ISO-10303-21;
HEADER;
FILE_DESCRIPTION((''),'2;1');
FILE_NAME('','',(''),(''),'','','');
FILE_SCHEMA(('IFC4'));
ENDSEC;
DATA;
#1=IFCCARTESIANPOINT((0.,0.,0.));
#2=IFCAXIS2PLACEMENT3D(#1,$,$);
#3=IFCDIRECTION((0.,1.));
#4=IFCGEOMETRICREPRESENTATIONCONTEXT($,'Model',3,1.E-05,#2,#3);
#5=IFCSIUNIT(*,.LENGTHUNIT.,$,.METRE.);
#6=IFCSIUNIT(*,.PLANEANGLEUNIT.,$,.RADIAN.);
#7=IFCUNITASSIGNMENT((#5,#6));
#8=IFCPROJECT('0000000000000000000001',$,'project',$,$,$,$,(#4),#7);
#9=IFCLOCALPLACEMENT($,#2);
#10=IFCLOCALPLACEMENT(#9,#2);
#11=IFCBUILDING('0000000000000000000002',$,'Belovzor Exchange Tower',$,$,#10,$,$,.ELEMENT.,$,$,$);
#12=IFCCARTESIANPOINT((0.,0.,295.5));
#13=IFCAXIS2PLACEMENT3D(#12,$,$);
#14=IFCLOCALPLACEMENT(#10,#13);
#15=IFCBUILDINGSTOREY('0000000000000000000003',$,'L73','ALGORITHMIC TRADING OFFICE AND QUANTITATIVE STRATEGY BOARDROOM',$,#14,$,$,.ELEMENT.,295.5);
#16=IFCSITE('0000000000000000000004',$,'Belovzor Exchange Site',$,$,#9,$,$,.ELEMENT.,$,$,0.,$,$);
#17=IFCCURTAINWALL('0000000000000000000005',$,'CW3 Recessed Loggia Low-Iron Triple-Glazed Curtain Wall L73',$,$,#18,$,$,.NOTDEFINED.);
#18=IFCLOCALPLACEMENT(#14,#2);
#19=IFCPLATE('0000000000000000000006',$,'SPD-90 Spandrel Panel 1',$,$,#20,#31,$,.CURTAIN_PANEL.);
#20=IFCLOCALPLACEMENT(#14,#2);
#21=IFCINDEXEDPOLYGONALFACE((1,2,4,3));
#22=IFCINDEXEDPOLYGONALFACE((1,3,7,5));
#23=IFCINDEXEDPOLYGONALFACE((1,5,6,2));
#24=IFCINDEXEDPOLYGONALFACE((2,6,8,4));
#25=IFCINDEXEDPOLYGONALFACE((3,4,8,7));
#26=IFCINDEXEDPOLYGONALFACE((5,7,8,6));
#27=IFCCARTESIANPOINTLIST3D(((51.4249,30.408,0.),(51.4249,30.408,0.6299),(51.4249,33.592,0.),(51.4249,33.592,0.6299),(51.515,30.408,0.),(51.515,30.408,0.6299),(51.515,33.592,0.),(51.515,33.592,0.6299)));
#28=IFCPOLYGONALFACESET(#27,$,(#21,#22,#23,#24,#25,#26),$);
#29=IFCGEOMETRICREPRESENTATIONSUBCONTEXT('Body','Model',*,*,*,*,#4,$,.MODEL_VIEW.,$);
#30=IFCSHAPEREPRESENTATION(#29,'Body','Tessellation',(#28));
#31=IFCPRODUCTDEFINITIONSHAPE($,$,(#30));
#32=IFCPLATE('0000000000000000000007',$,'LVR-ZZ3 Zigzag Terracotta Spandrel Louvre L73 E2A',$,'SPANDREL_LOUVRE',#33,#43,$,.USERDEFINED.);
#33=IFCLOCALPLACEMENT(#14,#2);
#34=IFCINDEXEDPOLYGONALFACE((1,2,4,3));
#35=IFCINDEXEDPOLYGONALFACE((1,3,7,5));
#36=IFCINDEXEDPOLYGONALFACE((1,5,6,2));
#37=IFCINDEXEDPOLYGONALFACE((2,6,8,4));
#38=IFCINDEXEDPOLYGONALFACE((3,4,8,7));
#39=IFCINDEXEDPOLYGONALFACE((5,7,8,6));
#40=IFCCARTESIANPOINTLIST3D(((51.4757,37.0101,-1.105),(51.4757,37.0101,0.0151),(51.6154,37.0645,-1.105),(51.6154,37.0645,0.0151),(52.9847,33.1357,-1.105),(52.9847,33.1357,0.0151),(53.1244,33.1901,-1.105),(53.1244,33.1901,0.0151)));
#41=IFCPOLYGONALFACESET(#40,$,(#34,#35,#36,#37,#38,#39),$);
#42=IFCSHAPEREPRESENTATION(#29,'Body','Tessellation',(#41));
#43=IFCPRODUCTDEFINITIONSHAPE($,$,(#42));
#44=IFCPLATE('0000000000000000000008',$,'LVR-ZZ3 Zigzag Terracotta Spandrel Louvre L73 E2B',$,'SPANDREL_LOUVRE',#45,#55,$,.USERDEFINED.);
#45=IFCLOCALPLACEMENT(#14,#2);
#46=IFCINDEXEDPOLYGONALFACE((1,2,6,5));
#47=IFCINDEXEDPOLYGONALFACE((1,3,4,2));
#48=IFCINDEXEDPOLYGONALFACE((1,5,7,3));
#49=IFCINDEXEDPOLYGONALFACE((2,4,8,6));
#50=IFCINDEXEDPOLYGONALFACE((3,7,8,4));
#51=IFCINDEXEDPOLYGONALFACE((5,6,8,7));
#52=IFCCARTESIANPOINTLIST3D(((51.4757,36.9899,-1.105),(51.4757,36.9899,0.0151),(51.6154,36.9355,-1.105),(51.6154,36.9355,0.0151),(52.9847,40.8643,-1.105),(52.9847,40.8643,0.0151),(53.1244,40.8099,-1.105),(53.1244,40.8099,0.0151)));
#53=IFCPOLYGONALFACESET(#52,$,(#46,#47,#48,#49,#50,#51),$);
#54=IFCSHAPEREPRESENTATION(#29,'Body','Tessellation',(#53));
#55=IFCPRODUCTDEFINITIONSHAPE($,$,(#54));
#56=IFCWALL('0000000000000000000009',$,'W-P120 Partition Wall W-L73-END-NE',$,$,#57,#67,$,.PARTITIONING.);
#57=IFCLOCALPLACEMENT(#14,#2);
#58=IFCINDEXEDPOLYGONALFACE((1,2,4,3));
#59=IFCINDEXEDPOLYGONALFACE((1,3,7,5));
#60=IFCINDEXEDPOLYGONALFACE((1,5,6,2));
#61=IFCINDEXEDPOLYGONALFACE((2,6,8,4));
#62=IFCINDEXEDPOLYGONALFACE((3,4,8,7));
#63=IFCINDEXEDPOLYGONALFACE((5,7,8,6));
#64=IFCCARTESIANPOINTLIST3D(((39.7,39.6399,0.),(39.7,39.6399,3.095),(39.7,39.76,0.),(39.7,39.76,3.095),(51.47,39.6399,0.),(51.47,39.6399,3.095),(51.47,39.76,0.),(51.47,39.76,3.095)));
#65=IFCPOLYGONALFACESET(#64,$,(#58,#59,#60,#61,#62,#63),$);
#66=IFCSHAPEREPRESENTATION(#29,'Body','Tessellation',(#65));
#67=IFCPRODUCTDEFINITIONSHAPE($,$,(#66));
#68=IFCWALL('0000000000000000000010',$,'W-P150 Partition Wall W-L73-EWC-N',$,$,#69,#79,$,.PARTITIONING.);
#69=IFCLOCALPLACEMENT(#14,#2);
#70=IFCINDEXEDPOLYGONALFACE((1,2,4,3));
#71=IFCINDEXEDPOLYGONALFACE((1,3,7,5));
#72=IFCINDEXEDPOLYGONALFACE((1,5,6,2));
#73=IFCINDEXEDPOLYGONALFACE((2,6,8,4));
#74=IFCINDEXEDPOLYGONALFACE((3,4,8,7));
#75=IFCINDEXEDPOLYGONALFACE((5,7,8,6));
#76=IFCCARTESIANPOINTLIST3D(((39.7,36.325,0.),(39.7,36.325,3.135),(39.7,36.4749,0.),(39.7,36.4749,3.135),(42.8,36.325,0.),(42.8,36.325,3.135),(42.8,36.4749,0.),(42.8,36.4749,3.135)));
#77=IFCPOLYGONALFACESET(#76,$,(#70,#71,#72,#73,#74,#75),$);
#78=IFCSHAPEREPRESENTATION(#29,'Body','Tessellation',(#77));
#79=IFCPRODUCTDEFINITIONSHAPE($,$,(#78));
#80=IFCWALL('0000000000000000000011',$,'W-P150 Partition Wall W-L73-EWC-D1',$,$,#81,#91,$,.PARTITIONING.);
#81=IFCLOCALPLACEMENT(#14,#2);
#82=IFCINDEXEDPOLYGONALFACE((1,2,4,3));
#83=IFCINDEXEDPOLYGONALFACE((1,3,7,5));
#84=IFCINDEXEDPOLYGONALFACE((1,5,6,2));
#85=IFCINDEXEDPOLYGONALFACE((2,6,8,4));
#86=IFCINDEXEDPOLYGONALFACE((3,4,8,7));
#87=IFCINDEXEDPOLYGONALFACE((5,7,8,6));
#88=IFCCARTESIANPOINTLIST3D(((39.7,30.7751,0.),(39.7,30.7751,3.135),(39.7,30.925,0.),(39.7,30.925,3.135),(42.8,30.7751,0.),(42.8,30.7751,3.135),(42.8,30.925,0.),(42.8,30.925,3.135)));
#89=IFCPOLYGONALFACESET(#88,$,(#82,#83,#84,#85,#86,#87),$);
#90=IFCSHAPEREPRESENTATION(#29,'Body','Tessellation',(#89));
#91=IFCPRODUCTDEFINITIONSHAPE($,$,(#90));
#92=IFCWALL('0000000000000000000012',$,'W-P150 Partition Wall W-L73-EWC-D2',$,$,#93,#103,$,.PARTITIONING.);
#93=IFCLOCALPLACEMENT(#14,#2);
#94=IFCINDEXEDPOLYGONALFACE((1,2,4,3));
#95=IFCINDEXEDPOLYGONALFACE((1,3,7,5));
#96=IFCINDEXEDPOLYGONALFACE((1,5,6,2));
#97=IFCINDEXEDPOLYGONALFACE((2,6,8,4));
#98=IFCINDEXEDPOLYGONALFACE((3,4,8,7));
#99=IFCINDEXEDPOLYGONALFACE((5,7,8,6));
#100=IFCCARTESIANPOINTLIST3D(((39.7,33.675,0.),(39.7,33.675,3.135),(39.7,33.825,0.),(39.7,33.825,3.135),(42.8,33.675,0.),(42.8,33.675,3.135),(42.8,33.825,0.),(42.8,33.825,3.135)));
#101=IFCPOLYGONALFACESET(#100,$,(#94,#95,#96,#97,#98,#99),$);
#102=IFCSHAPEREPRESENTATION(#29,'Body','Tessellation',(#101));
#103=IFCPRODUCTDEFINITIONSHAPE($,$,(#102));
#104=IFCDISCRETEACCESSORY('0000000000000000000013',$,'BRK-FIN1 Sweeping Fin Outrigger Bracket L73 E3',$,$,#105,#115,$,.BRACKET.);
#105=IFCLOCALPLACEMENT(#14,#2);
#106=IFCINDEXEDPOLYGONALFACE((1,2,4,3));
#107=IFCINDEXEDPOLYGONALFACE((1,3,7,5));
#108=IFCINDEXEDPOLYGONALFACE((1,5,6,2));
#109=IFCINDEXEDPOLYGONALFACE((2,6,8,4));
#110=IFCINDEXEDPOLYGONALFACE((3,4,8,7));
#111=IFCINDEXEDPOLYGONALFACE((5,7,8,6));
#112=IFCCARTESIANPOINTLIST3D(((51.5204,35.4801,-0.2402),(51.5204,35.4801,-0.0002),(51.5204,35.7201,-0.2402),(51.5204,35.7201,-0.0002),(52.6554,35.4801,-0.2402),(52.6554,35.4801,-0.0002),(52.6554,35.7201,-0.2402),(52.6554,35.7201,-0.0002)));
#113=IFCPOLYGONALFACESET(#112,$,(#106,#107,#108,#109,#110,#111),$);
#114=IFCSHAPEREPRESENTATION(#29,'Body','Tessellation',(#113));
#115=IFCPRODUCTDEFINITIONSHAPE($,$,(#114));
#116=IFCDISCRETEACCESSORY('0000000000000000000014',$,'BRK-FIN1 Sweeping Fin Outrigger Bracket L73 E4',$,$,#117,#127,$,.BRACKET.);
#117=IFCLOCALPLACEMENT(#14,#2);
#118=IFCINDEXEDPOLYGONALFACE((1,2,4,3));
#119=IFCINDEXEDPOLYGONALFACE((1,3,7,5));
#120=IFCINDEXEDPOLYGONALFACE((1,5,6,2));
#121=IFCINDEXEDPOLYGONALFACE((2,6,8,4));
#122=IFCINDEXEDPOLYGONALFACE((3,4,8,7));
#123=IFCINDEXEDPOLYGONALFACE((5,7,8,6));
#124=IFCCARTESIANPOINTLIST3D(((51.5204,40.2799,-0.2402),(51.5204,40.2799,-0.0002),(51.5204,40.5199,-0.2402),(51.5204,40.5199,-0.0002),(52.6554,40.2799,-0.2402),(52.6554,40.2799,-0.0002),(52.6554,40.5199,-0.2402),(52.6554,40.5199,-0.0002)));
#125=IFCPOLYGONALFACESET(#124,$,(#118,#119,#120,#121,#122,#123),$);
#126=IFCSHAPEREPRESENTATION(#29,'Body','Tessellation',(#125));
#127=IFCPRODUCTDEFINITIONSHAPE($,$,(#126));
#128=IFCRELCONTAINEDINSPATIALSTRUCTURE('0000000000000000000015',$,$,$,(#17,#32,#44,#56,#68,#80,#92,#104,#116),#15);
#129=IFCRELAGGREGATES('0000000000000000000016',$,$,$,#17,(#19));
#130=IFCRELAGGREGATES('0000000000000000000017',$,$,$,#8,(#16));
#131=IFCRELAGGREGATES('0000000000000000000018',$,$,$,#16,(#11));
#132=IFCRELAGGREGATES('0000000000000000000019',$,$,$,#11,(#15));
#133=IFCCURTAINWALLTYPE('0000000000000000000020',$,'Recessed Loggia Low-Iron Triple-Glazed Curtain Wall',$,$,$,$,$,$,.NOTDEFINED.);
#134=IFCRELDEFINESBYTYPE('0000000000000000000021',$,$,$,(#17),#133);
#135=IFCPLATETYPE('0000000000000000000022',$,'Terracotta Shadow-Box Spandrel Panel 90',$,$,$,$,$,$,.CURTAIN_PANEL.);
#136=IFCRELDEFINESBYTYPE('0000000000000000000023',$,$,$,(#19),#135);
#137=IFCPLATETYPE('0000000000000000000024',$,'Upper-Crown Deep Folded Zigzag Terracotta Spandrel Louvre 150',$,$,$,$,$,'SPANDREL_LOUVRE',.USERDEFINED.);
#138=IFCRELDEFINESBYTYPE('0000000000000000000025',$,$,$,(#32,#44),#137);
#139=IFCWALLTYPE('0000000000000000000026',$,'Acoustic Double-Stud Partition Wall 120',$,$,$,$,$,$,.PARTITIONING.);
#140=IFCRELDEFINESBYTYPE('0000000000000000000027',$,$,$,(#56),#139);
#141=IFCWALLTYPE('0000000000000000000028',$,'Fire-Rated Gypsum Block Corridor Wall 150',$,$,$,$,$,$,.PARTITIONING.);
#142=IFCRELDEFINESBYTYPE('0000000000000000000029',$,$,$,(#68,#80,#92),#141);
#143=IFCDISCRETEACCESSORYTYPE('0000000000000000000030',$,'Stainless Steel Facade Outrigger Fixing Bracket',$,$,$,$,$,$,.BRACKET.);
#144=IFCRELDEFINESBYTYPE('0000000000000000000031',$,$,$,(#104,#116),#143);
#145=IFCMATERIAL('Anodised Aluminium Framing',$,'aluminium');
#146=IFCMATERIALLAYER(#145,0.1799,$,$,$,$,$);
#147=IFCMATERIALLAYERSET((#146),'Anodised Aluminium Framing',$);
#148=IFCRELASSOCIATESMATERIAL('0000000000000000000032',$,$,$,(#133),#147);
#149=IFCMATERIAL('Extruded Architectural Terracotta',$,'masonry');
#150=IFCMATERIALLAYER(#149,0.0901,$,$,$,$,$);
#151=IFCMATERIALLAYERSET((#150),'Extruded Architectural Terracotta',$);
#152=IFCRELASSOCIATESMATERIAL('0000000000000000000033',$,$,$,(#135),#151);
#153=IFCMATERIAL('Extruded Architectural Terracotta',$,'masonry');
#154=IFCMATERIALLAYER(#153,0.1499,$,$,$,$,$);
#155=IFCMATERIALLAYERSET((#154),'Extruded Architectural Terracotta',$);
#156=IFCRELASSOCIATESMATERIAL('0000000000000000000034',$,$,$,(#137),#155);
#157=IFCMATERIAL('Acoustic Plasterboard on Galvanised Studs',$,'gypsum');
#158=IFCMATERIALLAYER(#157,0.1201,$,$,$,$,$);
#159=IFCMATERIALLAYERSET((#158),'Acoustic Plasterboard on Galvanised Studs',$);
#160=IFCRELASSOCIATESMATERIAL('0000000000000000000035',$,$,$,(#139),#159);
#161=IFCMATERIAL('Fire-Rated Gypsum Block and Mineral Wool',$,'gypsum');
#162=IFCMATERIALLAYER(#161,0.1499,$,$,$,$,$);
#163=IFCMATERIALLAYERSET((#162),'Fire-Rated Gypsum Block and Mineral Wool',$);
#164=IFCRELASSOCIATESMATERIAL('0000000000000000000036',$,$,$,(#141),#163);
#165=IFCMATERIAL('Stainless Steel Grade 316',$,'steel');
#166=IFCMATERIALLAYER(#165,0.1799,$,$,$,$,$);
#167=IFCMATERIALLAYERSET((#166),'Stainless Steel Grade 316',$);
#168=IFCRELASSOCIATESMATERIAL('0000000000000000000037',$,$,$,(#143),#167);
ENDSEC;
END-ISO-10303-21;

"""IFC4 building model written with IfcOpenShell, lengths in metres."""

from ifc_helpers import new_model, si_unit, direction, frame, frame_2d, origin, origin_2d, place, context, subcontext, project, spatial, rectangle, extrude, material, layer, layer_set, type_object, element, aggregate, save


model = new_model("IFC4")

# Units and contexts
model_context = context("Model", 3, precision=1e-05, world=origin(), true_north=direction((0.0, 1.0)))
body_context = subcontext(model_context, "Body", "Model", "MODEL_VIEW")
ifc_project = project(units=[si_unit("LENGTHUNIT", "METRE"), si_unit("PLANEANGLEUNIT", "RADIAN")], contexts=[model_context])

# Site, building, storey
site_placement = place(None, origin())
site = spatial("IfcSite", under=ifc_project, at=site_placement, Name="Belovzor Exchange Site", CompositionType="ELEMENT", RefElevation=0.0)
building_placement = place(site_placement, origin())
building = spatial("IfcBuilding", under=site, at=building_placement, Name="Belovzor Exchange Tower", CompositionType="ELEMENT")
storey_placement = place(building_placement, frame((0.0, 0.0, 295.5)))
storey = spatial("IfcBuildingStorey", under=building, at=storey_placement, Name="L73", Description="ALGORITHMIC TRADING OFFICE AND QUANTITATIVE STRATEGY BOARDROOM", CompositionType="ELEMENT", Elevation=295.5)

# Curtain wall
ifc_material_1 = material(Name="Anodised Aluminium Framing", Category="aluminium")
ifc_layer_1 = layer(ifc_material_1, 0.1799)
ifc_layer_set_1 = layer_set([ifc_layer_1], Name="Anodised Aluminium Framing")
curtain_wall_type = type_object("IfcCurtainWallType", Name="Recessed Loggia Low-Iron Triple-Glazed Curtain Wall", PredefinedType="NOTDEFINED", material=ifc_layer_set_1)
curtain_wall_placement = place(storey_placement, origin())
curtain_wall = element("IfcCurtainWall", 1, at=curtain_wall_placement, inside=storey, type_object=curtain_wall_type, Name="CW3 Recessed Loggia Low-Iron Triple-Glazed Curtain Wall L73", PredefinedType="NOTDEFINED")

# Plate
ifc_material_2 = material(Name="Extruded Architectural Terracotta", Category="masonry")
ifc_layer_2 = layer(ifc_material_2, 0.0901)
ifc_layer_set_2 = layer_set([ifc_layer_2], Name="Extruded Architectural Terracotta")
plate_type_1 = type_object("IfcPlateType", Name="Terracotta Shadow-Box Spandrel Panel 90", PredefinedType="CURTAIN_PANEL", material=ifc_layer_set_2)
plate_1_placement = place(storey_placement, frame((51.47, 32.0, 0.0), z_axis=(0.0, 0.0, 1.0), x_axis=(0.0, -1.0, 0.0)))
plate_1 = element("IfcPlate", 2, at=plate_1_placement, type_object=plate_type_1, Name="SPD-90 Spandrel Panel 1", PredefinedType="CURTAIN_PANEL", context=body_context, shape_type="SweptSolid", body=[
    extrude(rectangle(XDim=3.1841, YDim=0.0901, at=origin_2d()), origin(), (0.0, 0.0, 1.0), 0.6299),
])
aggregate(curtain_wall, [plate_1])

# Plates
ifc_material_3 = material(Name="Extruded Architectural Terracotta", Category="masonry")
ifc_layer_3 = layer(ifc_material_3, 0.1499)
ifc_layer_set_3 = layer_set([ifc_layer_3], Name="Extruded Architectural Terracotta")
plate_type_2 = type_object("IfcPlateType", Name="Upper-Crown Deep Folded Zigzag Terracotta Spandrel Louvre 150", ElementType="SPANDREL_LOUVRE", PredefinedType="USERDEFINED", material=ifc_layer_set_3)
for number, where, z_axis, x_axis, name in (
    (3, (52.3, 35.1001, -1.105), (0.0, 0.0, 1.0), (-0.362926, 0.931818, 0.0), "LVR-ZZ3 Zigzag Terracotta Spandrel Louvre L73 E2A"),
    (4, (52.3, 38.8999, -1.105), (0.0, 0.0, 1.0), (0.362926, 0.931818, 0.0), "LVR-ZZ3 Zigzag Terracotta Spandrel Louvre L73 E2B"),
):
    element("IfcPlate", number, at=place(storey_placement, frame(where, z_axis=z_axis, x_axis=x_axis)), inside=storey, type_object=plate_type_2, Name=name, ObjectType="SPANDREL_LOUVRE", PredefinedType="USERDEFINED", context=body_context, shape_type="SweptSolid", body=[
        extrude(rectangle(XDim=4.158, YDim=0.1499, at=origin_2d()), origin(), (0.0, 0.0, 1.0), 1.1201),
    ])

# Walls
ifc_material_4 = material(Name="Acoustic Plasterboard on Galvanised Studs", Category="gypsum")
ifc_layer_4 = layer(ifc_material_4, 0.1201)
ifc_layer_set_4 = layer_set([ifc_layer_4], Name="Acoustic Plasterboard on Galvanised Studs")
wall_type_1 = type_object("IfcWallType", Name="Acoustic Double-Stud Partition Wall 120", PredefinedType="PARTITIONING", material=ifc_layer_set_4)
wall_placement = place(storey_placement, frame((39.7, 39.7, 0.0), z_axis=(0.0, 0.0, 1.0), x_axis=(1.0, 0.0, 0.0)))
element("IfcWall", 5, at=wall_placement, inside=storey, type_object=wall_type_1, Name="W-P120 Partition Wall W-L73-END-NE", PredefinedType="PARTITIONING", context=body_context, shape_type="SweptSolid", body=[
    extrude(rectangle(XDim=11.77, YDim=0.1201, at=frame_2d((5.885, 0.0))), origin(), (0.0, 0.0, 1.0), 3.095),
])
ifc_material_5 = material(Name="Fire-Rated Gypsum Block and Mineral Wool", Category="gypsum")
ifc_layer_5 = layer(ifc_material_5, 0.1499)
ifc_layer_set_5 = layer_set([ifc_layer_5], Name="Fire-Rated Gypsum Block and Mineral Wool")
wall_type_2 = type_object("IfcWallType", Name="Fire-Rated Gypsum Block Corridor Wall 150", PredefinedType="PARTITIONING", material=ifc_layer_set_5)
for number, where, z_axis, x_axis, name in (
    (6, (39.7, 36.3999, 0.0), (0.0, 0.0, 1.0), (1.0, 0.0, 0.0), "W-P150 Partition Wall W-L73-EWC-N"),
    (7, (39.7, 30.8501, 0.0), (0.0, 0.0, 1.0), (1.0, 0.0, 0.0), "W-P150 Partition Wall W-L73-EWC-D1"),
    (8, (39.7, 33.75, 0.0), (0.0, 0.0, 1.0), (1.0, 0.0, 0.0), "W-P150 Partition Wall W-L73-EWC-D2"),
):
    element("IfcWall", number, at=place(storey_placement, frame(where, z_axis=z_axis, x_axis=x_axis)), inside=storey, type_object=wall_type_2, Name=name, PredefinedType="PARTITIONING", context=body_context, shape_type="SweptSolid", body=[
        extrude(rectangle(XDim=3.1001, YDim=0.1499, at=frame_2d((1.55, 0.0))), origin(), (0.0, 0.0, 1.0), 3.135),
    ])

# Discrete accessories
ifc_material_6 = material(Name="Stainless Steel Grade 316", Category="steel")
ifc_layer_6 = layer(ifc_material_6, 0.1799)
ifc_layer_set_6 = layer_set([ifc_layer_6], Name="Stainless Steel Grade 316")
discrete_accessory_type = type_object("IfcDiscreteAccessoryType", Name="Stainless Steel Facade Outrigger Fixing Bracket", PredefinedType="BRACKET", material=ifc_layer_set_6)
for number, where, z_axis, x_axis, name in (
    (9, (52.0879, 35.6001, -0.2402), (0.0, 0.0, 1.0), (1.0, 0.0, 0.0), "BRK-FIN1 Sweeping Fin Outrigger Bracket L73 E3"),
    (10, (52.0879, 40.3999, -0.2402), (0.0, 0.0, 1.0), (1.0, 0.0, 0.0), "BRK-FIN1 Sweeping Fin Outrigger Bracket L73 E4"),
):
    element("IfcDiscreteAccessory", number, at=place(storey_placement, frame(where, z_axis=z_axis, x_axis=x_axis)), inside=storey, type_object=discrete_accessory_type, Name=name, PredefinedType="BRACKET", context=body_context, shape_type="SweptSolid", body=[
        extrude(rectangle(XDim=1.135, YDim=0.24, at=origin_2d()), origin(), (0.0, 0.0, 1.0), 0.24),
    ])

save(model, "model.ifc")
